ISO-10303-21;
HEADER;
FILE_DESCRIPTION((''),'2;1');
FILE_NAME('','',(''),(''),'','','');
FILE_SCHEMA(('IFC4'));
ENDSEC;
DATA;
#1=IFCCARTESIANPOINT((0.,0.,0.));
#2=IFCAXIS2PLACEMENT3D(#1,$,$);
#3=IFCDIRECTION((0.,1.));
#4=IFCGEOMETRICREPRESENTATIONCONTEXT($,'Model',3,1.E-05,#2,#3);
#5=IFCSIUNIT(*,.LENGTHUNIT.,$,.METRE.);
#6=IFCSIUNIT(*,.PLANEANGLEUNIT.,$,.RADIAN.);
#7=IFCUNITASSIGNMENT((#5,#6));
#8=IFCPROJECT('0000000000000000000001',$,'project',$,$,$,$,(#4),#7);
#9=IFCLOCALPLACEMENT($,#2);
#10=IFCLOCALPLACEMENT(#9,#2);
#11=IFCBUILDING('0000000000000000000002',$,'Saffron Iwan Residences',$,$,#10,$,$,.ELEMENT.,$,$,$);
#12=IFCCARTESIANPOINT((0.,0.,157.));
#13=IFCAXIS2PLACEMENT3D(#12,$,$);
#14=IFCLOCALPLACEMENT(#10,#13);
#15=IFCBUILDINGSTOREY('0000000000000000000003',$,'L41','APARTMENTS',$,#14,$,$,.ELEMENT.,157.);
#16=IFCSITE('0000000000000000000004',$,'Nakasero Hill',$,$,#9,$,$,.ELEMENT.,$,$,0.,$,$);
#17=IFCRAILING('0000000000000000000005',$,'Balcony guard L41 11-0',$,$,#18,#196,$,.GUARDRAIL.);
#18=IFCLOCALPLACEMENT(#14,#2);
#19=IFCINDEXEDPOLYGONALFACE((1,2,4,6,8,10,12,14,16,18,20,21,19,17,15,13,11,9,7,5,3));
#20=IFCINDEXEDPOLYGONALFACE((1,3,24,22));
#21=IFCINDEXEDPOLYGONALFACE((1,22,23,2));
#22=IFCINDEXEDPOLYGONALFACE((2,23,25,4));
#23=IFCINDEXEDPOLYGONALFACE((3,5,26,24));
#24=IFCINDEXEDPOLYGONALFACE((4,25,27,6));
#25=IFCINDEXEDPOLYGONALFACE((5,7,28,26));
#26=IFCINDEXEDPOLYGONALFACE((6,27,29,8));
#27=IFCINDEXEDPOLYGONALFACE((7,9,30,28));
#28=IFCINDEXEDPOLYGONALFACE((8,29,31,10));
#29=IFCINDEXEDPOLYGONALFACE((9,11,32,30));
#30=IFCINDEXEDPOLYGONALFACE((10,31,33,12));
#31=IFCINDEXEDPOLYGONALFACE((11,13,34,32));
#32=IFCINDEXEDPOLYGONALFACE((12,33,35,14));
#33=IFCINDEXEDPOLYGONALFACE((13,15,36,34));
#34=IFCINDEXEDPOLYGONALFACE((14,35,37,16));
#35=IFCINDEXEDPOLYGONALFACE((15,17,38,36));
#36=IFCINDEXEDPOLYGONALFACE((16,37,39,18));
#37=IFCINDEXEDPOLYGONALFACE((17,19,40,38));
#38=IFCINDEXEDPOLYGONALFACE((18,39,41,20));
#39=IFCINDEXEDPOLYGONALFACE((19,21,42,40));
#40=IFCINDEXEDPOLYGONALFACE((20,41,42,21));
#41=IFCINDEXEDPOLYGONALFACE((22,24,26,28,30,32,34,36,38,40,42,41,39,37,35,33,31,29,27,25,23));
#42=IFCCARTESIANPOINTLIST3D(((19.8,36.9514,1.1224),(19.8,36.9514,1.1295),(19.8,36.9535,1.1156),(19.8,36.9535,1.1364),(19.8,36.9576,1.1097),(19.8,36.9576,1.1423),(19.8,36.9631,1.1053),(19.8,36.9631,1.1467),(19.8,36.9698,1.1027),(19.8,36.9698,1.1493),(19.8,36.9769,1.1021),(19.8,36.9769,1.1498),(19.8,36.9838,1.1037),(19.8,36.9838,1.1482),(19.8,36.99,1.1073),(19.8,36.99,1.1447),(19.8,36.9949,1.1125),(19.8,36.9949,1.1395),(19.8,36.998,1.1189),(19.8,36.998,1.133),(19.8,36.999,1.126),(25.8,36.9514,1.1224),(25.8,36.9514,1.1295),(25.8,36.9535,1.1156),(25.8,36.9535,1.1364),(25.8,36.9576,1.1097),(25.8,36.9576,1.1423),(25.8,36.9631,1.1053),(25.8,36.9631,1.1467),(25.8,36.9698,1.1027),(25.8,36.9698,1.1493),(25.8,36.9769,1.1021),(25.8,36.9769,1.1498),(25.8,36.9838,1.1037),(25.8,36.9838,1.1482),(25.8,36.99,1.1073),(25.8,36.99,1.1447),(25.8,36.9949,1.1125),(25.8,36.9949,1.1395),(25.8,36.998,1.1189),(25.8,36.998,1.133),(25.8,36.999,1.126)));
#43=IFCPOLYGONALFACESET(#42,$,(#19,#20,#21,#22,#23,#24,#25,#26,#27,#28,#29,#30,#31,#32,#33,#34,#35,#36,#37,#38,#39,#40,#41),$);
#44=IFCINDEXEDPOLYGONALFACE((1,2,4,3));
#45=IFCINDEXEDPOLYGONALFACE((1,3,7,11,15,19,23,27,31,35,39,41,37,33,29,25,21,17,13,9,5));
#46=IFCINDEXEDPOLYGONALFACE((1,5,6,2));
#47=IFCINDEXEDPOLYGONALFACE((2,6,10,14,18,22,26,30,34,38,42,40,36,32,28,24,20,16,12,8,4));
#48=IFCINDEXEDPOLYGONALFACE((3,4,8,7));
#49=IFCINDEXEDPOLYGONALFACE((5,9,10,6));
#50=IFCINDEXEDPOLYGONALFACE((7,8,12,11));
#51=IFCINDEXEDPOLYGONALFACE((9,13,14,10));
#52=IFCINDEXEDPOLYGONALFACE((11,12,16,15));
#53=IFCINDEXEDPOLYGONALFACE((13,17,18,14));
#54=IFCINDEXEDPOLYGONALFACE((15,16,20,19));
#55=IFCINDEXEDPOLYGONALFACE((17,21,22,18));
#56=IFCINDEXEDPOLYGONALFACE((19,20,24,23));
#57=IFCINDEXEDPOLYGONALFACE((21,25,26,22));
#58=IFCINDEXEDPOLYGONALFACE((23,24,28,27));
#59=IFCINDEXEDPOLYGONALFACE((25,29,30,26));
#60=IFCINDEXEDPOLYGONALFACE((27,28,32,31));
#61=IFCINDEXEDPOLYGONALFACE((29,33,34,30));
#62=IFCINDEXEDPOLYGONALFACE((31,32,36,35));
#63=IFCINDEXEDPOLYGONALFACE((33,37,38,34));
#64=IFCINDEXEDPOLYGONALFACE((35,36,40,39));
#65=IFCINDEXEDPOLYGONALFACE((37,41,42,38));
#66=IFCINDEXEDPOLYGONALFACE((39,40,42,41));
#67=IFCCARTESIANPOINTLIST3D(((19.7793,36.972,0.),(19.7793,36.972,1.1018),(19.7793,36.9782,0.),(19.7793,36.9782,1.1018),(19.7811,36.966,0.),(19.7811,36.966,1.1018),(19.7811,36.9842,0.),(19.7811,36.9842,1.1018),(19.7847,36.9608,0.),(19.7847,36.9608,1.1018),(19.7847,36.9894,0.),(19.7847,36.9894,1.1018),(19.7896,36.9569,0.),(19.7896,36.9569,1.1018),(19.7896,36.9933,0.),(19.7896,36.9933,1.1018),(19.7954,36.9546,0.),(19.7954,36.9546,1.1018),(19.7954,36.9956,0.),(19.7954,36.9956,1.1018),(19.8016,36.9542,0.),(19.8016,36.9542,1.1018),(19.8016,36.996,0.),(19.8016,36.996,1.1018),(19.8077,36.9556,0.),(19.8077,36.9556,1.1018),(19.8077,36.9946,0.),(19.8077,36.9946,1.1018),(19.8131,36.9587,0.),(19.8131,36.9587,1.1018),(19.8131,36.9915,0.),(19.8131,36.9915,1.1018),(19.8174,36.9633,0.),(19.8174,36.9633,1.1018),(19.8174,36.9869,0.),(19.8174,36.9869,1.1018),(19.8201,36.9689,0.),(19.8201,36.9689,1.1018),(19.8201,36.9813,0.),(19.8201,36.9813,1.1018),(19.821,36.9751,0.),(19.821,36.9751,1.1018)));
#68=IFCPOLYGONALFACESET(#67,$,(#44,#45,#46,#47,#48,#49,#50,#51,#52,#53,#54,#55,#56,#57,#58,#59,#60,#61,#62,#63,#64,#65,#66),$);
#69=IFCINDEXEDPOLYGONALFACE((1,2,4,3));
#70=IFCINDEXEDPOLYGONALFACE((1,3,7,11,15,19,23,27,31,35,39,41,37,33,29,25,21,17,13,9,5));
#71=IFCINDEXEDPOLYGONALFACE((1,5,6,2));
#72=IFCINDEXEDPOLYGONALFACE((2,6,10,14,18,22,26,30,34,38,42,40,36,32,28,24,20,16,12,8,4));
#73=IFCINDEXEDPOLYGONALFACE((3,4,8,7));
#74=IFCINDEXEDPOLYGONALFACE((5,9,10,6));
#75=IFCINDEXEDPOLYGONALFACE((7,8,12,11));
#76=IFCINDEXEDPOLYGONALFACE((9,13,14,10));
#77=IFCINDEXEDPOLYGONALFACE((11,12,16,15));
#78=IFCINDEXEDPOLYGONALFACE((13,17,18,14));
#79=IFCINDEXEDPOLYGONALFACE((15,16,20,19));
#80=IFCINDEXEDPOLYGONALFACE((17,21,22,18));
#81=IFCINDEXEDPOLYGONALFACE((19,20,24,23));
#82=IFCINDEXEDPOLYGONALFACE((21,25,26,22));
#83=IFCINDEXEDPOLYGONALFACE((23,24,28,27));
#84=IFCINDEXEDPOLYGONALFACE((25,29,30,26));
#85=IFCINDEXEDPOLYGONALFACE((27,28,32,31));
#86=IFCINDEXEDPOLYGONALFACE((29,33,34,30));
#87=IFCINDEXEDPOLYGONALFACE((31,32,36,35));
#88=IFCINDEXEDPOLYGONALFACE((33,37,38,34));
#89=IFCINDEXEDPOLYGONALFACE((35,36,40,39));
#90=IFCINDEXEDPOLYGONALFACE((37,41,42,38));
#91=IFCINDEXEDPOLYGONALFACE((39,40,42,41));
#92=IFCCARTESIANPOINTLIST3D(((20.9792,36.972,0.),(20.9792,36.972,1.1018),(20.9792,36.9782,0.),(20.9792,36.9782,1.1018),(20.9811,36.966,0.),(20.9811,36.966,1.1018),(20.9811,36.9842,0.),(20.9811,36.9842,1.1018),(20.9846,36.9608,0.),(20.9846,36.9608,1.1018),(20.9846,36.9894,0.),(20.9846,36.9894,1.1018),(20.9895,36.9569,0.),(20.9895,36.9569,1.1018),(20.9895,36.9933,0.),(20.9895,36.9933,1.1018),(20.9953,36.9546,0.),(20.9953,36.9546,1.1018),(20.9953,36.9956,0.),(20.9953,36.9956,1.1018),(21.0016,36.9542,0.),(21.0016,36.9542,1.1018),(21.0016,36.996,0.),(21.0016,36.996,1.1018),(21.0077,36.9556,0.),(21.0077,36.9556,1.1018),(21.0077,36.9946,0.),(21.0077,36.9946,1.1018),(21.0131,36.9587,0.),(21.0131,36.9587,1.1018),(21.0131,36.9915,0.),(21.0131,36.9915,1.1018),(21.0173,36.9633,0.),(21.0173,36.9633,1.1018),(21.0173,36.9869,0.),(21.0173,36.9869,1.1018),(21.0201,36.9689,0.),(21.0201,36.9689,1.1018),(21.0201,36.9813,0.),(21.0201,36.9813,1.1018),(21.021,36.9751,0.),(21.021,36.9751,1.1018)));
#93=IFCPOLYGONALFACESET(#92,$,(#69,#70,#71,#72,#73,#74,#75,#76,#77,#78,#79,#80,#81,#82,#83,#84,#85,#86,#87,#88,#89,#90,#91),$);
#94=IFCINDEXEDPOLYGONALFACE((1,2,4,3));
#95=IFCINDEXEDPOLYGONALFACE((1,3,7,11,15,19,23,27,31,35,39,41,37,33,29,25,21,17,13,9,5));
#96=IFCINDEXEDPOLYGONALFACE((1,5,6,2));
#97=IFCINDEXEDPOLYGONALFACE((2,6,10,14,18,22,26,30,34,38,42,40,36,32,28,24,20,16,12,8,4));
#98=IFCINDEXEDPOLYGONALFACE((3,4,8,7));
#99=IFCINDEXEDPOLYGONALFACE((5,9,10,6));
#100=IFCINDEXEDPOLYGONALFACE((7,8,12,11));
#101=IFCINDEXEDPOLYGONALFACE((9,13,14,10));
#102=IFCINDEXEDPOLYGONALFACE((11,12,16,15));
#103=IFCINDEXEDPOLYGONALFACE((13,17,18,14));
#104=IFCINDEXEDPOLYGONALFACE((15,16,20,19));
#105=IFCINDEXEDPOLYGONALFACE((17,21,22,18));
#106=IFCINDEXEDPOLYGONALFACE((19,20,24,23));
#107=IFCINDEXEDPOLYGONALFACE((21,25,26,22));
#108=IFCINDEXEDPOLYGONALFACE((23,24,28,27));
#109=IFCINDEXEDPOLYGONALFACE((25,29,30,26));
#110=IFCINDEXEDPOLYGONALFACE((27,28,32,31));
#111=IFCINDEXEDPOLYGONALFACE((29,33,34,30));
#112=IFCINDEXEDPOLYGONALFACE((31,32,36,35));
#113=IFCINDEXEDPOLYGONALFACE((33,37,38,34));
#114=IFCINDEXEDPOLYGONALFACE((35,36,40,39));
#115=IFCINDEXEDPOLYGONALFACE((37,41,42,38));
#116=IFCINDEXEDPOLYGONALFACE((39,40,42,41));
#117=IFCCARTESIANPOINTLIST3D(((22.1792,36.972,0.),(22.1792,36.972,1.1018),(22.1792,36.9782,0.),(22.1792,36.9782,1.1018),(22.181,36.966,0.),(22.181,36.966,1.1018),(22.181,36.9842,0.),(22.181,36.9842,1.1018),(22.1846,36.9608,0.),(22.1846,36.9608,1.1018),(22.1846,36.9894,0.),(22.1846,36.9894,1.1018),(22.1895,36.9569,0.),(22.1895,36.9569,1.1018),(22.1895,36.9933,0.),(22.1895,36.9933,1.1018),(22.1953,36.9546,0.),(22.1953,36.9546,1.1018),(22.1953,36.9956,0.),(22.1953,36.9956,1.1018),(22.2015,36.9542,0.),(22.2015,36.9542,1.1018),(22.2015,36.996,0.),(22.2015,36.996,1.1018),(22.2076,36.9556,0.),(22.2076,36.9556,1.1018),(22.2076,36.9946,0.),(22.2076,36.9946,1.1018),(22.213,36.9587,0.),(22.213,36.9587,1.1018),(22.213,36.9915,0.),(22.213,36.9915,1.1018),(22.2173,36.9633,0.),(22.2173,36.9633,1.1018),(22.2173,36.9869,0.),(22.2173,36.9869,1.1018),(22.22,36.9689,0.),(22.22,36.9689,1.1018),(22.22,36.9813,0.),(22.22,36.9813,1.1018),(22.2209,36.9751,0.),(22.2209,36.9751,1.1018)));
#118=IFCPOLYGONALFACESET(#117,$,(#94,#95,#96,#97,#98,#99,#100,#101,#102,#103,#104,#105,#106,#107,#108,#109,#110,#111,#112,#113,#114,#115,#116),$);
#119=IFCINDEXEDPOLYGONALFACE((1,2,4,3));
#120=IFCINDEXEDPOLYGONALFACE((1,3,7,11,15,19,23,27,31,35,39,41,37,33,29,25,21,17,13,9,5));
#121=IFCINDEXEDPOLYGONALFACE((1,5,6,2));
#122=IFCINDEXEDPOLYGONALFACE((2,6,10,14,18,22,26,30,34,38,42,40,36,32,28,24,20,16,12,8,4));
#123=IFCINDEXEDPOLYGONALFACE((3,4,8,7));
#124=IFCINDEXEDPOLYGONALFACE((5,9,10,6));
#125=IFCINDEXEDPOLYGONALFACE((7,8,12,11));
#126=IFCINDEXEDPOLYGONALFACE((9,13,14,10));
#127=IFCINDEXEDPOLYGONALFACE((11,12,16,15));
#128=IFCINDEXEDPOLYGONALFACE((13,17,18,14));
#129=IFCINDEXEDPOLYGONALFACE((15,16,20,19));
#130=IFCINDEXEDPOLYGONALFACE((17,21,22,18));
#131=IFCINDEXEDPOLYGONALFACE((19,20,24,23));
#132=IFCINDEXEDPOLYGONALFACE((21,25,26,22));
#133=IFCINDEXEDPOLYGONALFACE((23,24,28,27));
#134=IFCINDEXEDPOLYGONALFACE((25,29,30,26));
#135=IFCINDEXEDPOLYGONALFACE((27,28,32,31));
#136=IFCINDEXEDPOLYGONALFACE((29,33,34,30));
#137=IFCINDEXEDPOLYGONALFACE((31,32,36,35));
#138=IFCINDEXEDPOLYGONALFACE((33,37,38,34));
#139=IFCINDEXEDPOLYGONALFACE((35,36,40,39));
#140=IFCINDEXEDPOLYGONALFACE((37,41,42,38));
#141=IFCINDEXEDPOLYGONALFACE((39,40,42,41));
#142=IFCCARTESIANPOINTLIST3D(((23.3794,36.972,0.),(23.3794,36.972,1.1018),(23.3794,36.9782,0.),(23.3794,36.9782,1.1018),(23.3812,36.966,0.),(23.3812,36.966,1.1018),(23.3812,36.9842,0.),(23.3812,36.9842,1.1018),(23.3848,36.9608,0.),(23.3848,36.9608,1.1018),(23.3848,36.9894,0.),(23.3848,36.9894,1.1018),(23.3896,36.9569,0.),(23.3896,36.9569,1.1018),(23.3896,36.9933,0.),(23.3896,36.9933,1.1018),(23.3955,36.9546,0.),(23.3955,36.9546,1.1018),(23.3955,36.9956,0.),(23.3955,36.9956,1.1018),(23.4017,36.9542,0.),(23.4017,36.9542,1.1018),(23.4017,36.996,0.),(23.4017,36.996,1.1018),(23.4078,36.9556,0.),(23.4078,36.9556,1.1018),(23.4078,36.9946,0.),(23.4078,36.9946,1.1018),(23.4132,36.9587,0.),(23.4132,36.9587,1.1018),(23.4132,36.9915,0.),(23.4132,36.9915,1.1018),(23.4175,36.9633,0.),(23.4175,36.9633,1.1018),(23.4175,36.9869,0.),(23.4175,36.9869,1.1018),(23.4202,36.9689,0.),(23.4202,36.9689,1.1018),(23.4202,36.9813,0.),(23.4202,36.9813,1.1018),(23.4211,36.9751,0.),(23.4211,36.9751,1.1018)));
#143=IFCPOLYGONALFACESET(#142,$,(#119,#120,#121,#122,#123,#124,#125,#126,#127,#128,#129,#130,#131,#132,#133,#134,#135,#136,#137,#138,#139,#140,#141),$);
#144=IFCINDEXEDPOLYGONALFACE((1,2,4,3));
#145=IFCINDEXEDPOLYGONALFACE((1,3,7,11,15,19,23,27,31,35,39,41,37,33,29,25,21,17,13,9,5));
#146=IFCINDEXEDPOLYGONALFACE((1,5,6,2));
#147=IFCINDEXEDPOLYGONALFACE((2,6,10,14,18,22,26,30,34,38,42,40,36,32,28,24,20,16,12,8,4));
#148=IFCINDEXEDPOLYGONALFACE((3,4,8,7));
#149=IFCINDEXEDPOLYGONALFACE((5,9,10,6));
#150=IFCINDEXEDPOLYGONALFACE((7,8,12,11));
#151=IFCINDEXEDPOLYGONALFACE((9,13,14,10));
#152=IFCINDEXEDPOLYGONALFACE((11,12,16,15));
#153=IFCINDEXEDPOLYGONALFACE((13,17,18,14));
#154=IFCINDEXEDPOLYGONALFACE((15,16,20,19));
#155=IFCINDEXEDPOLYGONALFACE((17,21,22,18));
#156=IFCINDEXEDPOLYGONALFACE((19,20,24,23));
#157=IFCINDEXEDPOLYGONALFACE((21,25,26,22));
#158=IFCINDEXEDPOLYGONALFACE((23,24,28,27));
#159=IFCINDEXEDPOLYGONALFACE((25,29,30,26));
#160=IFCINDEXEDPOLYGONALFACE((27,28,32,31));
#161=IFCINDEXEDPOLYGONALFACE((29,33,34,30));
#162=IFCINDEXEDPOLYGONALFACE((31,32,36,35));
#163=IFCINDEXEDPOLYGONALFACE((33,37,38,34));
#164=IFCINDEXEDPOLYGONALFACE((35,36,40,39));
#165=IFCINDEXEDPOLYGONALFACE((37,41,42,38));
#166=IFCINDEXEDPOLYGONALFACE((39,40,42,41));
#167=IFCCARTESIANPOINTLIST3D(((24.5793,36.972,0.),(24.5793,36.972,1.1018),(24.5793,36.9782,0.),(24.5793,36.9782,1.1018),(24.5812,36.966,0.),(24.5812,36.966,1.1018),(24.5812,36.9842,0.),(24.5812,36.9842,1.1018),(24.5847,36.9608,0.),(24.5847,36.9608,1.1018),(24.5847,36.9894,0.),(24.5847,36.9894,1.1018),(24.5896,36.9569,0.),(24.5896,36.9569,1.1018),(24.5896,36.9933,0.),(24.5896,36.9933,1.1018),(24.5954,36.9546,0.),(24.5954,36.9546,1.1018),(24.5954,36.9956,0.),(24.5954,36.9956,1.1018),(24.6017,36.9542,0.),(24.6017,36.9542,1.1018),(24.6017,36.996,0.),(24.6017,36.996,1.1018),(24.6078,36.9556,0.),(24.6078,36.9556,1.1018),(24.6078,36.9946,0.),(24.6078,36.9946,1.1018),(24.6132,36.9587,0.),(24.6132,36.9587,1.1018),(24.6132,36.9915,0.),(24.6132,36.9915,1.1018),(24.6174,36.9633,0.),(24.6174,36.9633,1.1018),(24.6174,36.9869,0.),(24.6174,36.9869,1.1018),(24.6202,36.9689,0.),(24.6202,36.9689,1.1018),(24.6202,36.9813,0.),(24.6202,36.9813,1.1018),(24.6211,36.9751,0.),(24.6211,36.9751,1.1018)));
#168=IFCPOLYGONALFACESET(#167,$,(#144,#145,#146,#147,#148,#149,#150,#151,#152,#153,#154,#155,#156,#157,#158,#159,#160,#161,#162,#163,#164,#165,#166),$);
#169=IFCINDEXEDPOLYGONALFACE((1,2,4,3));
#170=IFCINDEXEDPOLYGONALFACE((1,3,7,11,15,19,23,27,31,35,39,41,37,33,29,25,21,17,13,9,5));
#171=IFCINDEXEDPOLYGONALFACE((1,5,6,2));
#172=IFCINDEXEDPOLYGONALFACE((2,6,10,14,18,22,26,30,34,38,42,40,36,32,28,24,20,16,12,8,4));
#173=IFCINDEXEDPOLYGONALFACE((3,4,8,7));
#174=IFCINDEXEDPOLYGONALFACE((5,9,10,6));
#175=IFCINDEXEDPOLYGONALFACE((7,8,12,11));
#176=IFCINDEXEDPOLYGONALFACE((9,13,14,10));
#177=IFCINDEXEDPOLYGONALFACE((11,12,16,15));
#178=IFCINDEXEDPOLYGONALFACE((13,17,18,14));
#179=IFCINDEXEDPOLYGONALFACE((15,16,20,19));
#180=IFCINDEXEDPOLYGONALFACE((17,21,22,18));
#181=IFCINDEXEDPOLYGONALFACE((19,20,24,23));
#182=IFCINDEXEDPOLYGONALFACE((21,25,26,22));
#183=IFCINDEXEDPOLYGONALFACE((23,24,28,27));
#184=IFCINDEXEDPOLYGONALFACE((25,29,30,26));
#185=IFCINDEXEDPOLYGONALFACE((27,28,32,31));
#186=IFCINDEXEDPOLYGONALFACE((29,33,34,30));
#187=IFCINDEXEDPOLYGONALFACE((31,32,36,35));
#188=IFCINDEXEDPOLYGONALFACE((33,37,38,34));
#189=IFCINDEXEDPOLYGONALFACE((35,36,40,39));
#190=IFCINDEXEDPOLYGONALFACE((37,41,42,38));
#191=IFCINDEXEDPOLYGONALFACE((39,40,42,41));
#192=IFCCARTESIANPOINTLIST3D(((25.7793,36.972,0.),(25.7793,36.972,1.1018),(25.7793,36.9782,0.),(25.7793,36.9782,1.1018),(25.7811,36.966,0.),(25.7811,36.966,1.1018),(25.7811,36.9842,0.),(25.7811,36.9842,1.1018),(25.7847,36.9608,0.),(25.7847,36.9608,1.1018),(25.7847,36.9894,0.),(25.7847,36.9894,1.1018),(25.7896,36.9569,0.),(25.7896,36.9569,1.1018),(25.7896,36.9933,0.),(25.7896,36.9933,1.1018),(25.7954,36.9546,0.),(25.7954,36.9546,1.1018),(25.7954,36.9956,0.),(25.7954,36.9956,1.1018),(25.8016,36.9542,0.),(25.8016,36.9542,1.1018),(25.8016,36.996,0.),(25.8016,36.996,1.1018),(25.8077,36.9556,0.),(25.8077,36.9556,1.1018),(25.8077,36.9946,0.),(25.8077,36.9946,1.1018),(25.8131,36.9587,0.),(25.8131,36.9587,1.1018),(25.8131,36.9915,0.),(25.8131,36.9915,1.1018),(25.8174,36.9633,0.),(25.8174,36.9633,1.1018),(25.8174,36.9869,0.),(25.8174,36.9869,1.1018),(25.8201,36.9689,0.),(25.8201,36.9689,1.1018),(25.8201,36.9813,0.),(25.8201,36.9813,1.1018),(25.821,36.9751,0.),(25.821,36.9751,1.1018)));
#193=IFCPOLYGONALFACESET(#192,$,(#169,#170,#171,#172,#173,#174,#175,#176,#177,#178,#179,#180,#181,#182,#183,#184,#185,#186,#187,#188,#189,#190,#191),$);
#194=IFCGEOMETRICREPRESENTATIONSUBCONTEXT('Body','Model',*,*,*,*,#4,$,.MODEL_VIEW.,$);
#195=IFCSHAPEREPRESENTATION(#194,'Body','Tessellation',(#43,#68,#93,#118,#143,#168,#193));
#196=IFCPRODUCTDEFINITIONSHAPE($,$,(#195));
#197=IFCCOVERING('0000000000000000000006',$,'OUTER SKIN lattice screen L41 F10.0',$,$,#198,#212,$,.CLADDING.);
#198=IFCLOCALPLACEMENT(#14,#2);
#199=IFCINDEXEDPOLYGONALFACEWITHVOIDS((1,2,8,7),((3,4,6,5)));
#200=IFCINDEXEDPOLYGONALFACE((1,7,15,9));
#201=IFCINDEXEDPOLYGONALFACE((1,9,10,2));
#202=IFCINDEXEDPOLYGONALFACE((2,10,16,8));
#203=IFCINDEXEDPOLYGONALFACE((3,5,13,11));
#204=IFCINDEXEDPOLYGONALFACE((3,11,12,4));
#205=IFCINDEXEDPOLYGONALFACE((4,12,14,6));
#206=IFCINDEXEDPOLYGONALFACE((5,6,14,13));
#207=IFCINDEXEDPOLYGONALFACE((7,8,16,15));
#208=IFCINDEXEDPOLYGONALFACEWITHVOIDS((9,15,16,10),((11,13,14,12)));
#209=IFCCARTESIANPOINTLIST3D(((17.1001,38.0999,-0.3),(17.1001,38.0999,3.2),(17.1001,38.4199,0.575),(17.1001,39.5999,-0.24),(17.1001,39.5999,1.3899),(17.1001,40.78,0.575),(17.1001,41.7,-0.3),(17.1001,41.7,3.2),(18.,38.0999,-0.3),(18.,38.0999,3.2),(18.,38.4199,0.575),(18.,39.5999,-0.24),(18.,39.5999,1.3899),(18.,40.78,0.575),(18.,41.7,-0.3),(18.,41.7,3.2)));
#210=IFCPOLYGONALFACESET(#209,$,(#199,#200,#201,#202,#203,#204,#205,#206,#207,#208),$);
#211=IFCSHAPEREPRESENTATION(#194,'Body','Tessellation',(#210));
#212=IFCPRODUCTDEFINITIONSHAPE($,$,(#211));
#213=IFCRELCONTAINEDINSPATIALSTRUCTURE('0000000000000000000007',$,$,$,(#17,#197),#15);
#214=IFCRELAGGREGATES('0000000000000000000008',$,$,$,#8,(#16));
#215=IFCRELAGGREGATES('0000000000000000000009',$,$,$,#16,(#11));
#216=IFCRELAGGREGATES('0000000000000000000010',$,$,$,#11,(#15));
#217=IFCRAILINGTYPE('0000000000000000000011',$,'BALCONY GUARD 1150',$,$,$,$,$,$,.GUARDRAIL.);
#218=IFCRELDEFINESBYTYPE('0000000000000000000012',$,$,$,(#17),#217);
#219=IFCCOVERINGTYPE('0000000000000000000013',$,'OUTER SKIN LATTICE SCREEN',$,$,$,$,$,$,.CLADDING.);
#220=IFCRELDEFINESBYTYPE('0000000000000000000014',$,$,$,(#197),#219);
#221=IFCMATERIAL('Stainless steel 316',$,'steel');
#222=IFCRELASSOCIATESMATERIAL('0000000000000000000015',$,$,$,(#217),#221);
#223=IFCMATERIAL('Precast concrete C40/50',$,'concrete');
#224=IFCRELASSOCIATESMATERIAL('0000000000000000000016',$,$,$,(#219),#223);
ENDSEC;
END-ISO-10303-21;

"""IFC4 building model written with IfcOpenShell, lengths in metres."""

from ifc_helpers import new_model, si_unit, direction, frame, origin, origin_2d, place, context, subcontext, project, spatial, polyline, circle, outline, extrude, material, type_object, element, save


model = new_model("IFC4")

# Units and contexts
model_context = context("Model", 3, precision=1e-05, world=origin(), true_north=direction((0.0, 1.0)))
body_context = subcontext(model_context, "Body", "Model", "MODEL_VIEW")
ifc_project = project(units=[si_unit("LENGTHUNIT", "METRE"), si_unit("PLANEANGLEUNIT", "RADIAN")], contexts=[model_context])

# Site, building, storey
site_placement = place(None, origin())
site = spatial("IfcSite", under=ifc_project, at=site_placement, Name="Nakasero Hill", CompositionType="ELEMENT", RefElevation=0.0)
building_placement = place(site_placement, origin())
building = spatial("IfcBuilding", under=site, at=building_placement, Name="Saffron Iwan Residences", CompositionType="ELEMENT")
storey_placement = place(building_placement, frame((0.0, 0.0, 157.0)))
storey = spatial("IfcBuildingStorey", under=building, at=storey_placement, Name="L41", Description="APARTMENTS", CompositionType="ELEMENT", Elevation=157.0)

# Railing
ifc_material_1 = material(Name="Stainless steel 316", Category="steel")
railing_type = type_object("IfcRailingType", Name="BALCONY GUARD 1150", PredefinedType="GUARDRAIL", material=ifc_material_1)
railing_placement = place(storey_placement, frame((19.8, 36.9751, 0.0)))
element("IfcRailing", 1, at=railing_placement, inside=storey, type_object=railing_type, Name="Balcony guard L41 11-0", PredefinedType="GUARDRAIL", context=body_context, shape_type="SweptSolid", body=[
    extrude(circle(Radius=0.0239, at=origin_2d()), frame((0.0, 0.0, 1.126), z_axis=(1.0, 0.0, 0.0), x_axis=(0.0, 1.0, 0.0)), (0.0, 0.0, 1.0), 6.0),
    extrude(circle(Radius=0.021, at=origin_2d()), origin(), (0.0, 0.0, 1.0), 1.1018),
    extrude(circle(Radius=0.021, at=origin_2d()), frame((1.2, 0.0, 0.0)), (0.0, 0.0, 1.0), 1.1018),
    extrude(circle(Radius=0.021, at=origin_2d()), frame((2.3999, 0.0, 0.0)), (0.0, 0.0, 1.0), 1.1018),
    extrude(circle(Radius=0.021, at=origin_2d()), frame((3.6001, 0.0, 0.0)), (0.0, 0.0, 1.0), 1.1018),
    extrude(circle(Radius=0.021, at=origin_2d()), frame((4.8, 0.0, 0.0)), (0.0, 0.0, 1.0), 1.1018),
    extrude(circle(Radius=0.021, at=origin_2d()), frame((6.0, 0.0, 0.0)), (0.0, 0.0, 1.0), 1.1018),
])

# Covering
ifc_material_2 = material(Name="Precast concrete C40/50", Category="concrete")
covering_type_1 = type_object("IfcCoveringType", Name="OUTER SKIN LATTICE SCREEN", PredefinedType="CLADDING", material=ifc_material_2)
covering_1_placement = place(storey_placement, frame((18.0, 41.7, -0.3), z_axis=(-1.0, 0.0, 0.0), x_axis=(0.0, -1.0, 0.0)))
element("IfcCovering", 2, at=covering_1_placement, inside=storey, type_object=covering_type_1, Name="OUTER SKIN lattice screen L41 F10.0", PredefinedType="CLADDING", context=body_context, shape_type="SweptSolid", body=[
    extrude(outline(polyline([(0.0, 0.0), (3.6001, 0.0), (3.6001, 3.5), (0.0, 3.5), (0.0, 0.0)]), holes=[polyline([(0.9199, 0.875), (2.1001, 0.0601), (3.28, 0.875), (2.1001, 1.6899), (0.9199, 0.875)])]), origin(), (0.0, 0.0, 1.0), 0.8999),
])

save(model, "model.ifc")
